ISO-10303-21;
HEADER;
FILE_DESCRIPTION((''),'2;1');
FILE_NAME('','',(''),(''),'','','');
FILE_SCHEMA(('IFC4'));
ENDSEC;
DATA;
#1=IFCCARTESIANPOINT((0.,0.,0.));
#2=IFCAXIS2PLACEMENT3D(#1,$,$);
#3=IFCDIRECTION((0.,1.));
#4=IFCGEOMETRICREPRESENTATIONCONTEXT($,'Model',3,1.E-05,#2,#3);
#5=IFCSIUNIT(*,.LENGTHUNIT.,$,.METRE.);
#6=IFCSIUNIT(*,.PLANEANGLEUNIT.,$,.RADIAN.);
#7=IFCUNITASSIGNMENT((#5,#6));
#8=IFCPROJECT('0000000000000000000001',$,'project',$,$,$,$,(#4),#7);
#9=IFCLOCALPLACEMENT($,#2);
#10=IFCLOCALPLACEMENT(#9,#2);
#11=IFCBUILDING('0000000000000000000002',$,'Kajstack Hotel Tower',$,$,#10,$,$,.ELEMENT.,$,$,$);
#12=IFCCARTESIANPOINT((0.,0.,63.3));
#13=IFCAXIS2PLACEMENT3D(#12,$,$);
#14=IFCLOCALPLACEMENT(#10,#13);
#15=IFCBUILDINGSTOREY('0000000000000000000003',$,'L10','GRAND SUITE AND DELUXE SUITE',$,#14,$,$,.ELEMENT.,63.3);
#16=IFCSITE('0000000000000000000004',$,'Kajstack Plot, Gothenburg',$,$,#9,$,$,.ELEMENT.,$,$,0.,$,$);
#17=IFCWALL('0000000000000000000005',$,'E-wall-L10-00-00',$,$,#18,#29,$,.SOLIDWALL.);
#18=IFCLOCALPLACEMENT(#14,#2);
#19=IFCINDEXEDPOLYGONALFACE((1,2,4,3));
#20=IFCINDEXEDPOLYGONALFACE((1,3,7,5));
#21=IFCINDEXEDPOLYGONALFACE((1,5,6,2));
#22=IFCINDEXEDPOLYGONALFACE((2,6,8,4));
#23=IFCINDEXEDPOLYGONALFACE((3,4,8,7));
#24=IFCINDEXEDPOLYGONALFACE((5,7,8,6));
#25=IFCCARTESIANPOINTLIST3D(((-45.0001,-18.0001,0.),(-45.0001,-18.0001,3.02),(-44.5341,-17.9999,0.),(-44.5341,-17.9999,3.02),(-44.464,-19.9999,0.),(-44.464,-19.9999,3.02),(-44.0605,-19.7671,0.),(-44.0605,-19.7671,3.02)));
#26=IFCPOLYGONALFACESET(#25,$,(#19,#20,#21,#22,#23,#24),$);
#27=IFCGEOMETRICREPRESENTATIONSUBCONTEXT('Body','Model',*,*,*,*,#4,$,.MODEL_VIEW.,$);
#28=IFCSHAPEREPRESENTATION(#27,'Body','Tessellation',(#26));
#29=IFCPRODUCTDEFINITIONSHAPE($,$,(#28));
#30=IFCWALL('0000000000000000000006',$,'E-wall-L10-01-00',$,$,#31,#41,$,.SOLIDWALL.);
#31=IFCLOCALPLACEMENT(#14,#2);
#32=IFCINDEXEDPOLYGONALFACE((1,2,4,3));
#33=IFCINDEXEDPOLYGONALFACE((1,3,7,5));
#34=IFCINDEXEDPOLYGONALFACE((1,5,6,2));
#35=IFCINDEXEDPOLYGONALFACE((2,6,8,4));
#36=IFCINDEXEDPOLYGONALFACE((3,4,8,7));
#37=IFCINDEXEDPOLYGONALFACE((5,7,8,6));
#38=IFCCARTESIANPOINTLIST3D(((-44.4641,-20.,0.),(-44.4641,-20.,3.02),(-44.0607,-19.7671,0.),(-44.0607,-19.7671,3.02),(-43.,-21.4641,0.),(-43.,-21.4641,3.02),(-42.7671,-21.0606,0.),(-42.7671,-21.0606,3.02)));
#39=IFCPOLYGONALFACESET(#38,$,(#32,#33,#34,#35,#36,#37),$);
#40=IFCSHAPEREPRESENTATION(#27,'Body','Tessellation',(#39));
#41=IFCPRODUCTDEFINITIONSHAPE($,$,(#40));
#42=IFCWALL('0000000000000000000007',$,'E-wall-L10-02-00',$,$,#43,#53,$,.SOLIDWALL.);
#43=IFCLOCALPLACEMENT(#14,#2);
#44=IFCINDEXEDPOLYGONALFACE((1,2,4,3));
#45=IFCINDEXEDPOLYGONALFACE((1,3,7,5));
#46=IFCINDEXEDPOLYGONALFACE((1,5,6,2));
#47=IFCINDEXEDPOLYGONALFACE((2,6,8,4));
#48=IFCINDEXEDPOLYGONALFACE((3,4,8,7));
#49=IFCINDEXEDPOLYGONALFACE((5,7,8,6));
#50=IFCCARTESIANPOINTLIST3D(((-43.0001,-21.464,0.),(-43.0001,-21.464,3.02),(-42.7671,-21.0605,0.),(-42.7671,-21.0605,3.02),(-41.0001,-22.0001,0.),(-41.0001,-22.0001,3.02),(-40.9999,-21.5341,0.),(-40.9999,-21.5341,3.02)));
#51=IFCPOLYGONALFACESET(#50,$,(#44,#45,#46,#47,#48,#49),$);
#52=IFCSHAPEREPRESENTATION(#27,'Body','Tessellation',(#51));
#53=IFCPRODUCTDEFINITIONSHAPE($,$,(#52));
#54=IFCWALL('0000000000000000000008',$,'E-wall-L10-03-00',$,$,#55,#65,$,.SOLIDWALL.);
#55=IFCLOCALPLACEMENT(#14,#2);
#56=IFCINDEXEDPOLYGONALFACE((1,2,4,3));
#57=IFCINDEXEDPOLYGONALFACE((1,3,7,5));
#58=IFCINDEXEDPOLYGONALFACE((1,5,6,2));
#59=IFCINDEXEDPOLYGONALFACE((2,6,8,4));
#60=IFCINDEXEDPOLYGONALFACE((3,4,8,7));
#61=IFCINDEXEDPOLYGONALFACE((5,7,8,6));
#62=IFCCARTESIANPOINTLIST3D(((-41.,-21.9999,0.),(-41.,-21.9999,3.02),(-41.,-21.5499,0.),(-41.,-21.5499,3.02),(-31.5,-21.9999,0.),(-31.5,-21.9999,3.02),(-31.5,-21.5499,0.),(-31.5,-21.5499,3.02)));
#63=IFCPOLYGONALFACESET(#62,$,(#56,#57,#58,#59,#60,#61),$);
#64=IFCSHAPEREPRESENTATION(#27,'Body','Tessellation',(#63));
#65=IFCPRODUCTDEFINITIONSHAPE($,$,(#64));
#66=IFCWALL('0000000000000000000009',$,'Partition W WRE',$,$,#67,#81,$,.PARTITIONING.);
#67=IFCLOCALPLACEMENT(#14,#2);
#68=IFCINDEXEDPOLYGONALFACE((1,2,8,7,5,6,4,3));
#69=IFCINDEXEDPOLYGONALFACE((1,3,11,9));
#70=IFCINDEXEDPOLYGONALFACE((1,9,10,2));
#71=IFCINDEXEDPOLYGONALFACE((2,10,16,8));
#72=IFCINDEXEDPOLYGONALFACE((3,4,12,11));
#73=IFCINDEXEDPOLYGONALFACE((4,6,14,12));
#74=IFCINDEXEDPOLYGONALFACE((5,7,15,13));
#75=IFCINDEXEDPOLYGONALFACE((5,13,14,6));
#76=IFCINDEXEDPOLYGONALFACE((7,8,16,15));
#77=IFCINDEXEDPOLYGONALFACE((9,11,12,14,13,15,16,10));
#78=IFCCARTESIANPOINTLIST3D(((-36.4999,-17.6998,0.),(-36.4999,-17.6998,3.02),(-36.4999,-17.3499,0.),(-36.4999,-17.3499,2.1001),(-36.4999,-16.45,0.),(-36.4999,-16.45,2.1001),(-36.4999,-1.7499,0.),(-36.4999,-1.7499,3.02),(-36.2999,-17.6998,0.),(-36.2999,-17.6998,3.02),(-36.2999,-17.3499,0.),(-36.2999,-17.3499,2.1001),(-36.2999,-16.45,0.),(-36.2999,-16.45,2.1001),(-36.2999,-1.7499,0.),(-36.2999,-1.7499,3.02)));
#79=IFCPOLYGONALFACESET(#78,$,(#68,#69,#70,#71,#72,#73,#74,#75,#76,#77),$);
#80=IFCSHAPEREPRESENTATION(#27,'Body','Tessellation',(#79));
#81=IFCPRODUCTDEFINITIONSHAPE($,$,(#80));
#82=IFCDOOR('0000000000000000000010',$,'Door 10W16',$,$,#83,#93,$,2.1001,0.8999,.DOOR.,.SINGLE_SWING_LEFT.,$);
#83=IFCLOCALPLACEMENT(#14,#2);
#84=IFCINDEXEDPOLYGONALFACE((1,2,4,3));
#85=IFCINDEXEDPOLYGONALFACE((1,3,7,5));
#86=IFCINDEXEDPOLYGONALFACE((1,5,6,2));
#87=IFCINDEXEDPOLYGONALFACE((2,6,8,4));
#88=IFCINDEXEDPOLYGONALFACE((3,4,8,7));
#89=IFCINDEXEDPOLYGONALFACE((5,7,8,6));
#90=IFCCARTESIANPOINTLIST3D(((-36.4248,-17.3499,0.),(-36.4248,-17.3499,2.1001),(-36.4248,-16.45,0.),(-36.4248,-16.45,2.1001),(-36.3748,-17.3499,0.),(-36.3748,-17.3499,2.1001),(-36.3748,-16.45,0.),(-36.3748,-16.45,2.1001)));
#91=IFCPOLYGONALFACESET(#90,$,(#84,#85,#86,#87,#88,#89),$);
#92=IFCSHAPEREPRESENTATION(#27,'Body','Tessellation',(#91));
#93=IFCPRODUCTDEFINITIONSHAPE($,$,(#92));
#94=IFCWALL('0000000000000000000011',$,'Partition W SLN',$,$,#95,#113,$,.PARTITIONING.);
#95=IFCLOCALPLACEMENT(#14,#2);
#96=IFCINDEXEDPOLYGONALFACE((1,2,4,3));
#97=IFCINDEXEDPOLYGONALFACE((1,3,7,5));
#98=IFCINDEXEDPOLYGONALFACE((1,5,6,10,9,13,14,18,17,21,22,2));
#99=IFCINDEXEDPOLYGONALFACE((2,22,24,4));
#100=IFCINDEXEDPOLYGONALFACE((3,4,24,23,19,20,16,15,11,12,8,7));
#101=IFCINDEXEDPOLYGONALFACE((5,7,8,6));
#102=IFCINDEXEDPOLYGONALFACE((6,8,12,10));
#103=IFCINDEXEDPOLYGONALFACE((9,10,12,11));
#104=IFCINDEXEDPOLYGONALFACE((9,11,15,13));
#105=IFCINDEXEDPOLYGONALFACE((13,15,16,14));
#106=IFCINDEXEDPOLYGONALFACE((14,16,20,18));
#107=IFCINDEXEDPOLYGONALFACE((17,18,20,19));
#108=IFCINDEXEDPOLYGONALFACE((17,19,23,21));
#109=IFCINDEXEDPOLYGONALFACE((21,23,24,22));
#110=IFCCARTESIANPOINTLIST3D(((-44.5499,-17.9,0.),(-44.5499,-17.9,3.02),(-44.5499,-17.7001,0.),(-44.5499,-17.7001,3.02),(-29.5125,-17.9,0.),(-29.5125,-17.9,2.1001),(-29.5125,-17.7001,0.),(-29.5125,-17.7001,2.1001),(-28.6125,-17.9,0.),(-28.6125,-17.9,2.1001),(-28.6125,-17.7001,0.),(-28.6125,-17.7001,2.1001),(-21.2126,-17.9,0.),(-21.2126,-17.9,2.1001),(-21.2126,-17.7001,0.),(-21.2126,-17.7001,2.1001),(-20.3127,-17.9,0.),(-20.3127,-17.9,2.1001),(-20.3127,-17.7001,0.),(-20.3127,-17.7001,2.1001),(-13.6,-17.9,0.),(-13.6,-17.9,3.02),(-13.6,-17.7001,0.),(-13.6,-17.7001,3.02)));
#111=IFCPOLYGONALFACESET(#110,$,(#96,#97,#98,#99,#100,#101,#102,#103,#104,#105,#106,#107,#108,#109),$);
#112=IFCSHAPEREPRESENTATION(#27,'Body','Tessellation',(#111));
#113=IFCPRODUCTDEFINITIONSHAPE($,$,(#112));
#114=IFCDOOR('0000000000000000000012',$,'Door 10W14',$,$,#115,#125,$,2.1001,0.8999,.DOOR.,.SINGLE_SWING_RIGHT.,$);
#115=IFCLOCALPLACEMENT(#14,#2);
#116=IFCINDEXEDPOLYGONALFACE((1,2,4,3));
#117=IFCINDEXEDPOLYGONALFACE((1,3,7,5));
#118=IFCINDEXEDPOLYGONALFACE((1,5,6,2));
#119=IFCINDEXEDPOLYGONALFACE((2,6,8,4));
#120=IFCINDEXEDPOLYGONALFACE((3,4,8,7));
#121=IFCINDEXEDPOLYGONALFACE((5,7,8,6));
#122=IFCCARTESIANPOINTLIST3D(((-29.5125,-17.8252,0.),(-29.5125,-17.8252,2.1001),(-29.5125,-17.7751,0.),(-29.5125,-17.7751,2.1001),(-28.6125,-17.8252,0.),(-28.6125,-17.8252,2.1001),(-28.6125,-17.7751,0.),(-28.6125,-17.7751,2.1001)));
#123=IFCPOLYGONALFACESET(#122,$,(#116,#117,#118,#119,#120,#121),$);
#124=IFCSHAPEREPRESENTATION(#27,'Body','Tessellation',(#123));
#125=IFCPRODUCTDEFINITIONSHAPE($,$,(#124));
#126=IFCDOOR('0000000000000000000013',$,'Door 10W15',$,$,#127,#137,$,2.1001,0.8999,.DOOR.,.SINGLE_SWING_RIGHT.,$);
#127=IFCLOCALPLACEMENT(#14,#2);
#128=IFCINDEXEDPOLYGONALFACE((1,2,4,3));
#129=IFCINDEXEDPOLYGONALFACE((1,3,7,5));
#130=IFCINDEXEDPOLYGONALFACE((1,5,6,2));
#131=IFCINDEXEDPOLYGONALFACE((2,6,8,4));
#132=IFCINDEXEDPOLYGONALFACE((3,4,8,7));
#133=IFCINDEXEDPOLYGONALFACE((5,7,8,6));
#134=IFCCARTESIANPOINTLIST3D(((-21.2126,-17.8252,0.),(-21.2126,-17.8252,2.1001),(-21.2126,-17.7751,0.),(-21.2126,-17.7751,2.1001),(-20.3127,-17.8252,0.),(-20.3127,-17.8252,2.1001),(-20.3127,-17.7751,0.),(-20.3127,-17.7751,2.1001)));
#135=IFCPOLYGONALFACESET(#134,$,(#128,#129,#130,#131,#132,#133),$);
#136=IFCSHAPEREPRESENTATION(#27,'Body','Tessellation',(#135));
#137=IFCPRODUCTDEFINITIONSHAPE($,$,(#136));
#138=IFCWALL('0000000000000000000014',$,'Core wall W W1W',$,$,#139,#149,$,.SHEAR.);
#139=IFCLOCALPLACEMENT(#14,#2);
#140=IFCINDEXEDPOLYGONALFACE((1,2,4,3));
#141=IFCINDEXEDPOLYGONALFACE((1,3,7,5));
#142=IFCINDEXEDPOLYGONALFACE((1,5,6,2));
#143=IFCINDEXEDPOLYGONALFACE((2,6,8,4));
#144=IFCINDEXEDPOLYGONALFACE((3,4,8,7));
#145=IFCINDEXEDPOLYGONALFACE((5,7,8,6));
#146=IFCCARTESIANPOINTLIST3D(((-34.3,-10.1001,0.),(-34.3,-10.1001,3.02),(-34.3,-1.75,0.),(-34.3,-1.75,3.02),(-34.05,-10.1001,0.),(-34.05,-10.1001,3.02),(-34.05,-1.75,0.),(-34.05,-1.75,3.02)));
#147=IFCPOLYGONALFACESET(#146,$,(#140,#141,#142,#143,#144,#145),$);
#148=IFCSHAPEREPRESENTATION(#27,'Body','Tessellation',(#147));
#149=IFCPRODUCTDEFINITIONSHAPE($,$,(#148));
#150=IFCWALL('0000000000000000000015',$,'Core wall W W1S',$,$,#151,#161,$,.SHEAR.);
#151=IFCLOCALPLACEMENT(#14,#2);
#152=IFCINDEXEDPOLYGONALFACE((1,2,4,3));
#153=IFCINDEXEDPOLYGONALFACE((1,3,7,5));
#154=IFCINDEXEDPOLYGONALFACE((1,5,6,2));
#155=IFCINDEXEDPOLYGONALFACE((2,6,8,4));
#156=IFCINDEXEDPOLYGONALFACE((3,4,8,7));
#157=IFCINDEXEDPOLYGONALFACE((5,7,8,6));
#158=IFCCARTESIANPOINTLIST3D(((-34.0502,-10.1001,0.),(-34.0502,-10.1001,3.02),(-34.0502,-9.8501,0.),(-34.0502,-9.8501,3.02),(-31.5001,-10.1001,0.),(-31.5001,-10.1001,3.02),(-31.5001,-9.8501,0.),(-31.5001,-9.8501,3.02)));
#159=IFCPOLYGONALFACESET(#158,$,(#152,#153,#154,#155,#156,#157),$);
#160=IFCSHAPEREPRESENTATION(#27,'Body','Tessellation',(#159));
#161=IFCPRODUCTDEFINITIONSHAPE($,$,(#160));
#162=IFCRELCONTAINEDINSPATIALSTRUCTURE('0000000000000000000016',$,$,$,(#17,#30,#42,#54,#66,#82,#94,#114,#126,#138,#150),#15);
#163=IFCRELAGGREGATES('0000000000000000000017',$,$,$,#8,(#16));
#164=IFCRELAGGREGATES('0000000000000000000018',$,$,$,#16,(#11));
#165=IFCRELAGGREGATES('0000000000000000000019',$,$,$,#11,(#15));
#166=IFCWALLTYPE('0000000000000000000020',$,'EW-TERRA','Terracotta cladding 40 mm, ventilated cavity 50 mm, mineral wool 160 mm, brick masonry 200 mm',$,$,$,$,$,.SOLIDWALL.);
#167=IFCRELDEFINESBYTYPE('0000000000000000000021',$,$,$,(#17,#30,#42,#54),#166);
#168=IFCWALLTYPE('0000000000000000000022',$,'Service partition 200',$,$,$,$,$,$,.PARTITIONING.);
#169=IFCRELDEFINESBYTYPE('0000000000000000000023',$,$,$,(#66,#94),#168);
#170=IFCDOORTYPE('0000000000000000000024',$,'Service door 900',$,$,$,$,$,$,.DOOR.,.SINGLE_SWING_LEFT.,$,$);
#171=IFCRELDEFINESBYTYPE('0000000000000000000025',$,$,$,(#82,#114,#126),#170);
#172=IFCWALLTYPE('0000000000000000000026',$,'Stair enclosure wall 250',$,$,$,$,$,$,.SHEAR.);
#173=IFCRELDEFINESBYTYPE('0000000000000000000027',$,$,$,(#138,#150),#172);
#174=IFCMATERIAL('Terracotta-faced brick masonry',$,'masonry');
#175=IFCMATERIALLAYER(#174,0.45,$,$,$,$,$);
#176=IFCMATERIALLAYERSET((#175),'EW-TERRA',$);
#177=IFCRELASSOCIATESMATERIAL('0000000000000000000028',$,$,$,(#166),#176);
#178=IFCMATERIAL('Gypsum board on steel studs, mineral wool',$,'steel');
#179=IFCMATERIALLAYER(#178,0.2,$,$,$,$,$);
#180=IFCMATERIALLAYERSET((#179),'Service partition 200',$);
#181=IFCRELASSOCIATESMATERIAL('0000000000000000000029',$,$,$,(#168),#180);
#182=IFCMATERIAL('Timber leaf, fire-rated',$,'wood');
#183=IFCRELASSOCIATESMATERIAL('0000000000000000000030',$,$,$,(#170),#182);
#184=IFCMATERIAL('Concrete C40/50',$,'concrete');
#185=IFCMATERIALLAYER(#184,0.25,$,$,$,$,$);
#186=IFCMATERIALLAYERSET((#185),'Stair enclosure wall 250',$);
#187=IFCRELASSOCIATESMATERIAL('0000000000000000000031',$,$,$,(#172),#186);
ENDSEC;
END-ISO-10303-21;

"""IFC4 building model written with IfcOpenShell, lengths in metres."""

from ifc_helpers import new_model, si_unit, direction, frame, frame_2d, origin, place, context, subcontext, project, spatial, polyline, rectangle, outline, extrude, material, layer, layer_set, type_object, element, fill, save


model = new_model("IFC4")

# Units and contexts
model_context = context("Model", 3, precision=1e-05, world=origin(), true_north=direction((0.0, 1.0)))
body_context = subcontext(model_context, "Body", "Model", "MODEL_VIEW")
ifc_project = project(units=[si_unit("LENGTHUNIT", "METRE"), si_unit("PLANEANGLEUNIT", "RADIAN")], contexts=[model_context])

# Site, building, storey
site_placement = place(None, origin())
site = spatial("IfcSite", under=ifc_project, at=site_placement, Name="Kajstack Plot, Gothenburg", CompositionType="ELEMENT", RefElevation=0.0)
building_placement = place(site_placement, origin())
building = spatial("IfcBuilding", under=site, at=building_placement, Name="Kajstack Hotel Tower", CompositionType="ELEMENT")
storey_placement = place(building_placement, frame((0.0, 0.0, 63.3)))
storey = spatial("IfcBuildingStorey", under=building, at=storey_placement, Name="L10", Description="GRAND SUITE AND DELUXE SUITE", CompositionType="ELEMENT", Elevation=63.3)

# Walls
ifc_material_1 = material(Name="Terracotta-faced brick masonry", Category="masonry")
ifc_layer_1 = layer(ifc_material_1, 0.45)
ifc_layer_set_1 = layer_set([ifc_layer_1], Name="EW-TERRA")
wall_type_1 = type_object("IfcWallType", Name="EW-TERRA", Description="Terracotta cladding 40 mm, ventilated cavity 50 mm, mineral wool 160 mm, brick masonry 200 mm", PredefinedType="SOLIDWALL", material=ifc_layer_set_1)
wall_1_placement = place(storey_placement, frame((-44.7827, -17.9417, 0.0), z_axis=(0.0, 0.0, 1.0), x_axis=(0.258815, -0.965927, 0.0)))
element("IfcWall", 1, at=wall_1_placement, inside=storey, type_object=wall_type_1, Name="E-wall-L10-00-00", PredefinedType="SOLIDWALL", context=body_context, shape_type="SweptSolid", body=[
    extrude(outline(polyline([(0.0002, -0.2251), (2.0706, -0.2249), (1.9502, 0.2251), (0.1206, 0.2251), (0.0002, -0.2251)])), origin(), (0.0, 0.0, 1.0), 3.02),
])
wall_2_placement = place(storey_placement, frame((-44.3049, -19.8408, 0.0), z_axis=(0.0, 0.0, 1.0), x_axis=(0.707107, -0.707107, 0.0)))
element("IfcWall", 2, at=wall_2_placement, inside=storey, type_object=wall_type_1, Name="E-wall-L10-01-00", PredefinedType="SOLIDWALL", context=body_context, shape_type="SweptSolid", body=[
    extrude(outline(polyline([(0.0, -0.2251), (2.0706, -0.2251), (1.95, 0.2249), (0.1206, 0.2249), (0.0, -0.2251)])), origin(), (0.0, 0.0, 1.0), 3.02),
])
wall_3_placement = place(storey_placement, frame((-42.9417, -21.2468, 0.0), z_axis=(0.0, 0.0, 1.0), x_axis=(0.965927, -0.258815, 0.0)))
element("IfcWall", 3, at=wall_3_placement, inside=storey, type_object=wall_type_1, Name="E-wall-L10-02-00", PredefinedType="SOLIDWALL", context=body_context, shape_type="SweptSolid", body=[
    extrude(outline(polyline([(-0.0002, -0.2249), (2.0703, -0.2251), (1.95, 0.2251), (0.1204, 0.2251), (-0.0002, -0.2249)])), origin(), (0.0, 0.0, 1.0), 3.02),
])
wall_4_placement = place(storey_placement, frame((-41.0, -21.7749, 0.0), z_axis=(0.0, 0.0, 1.0), x_axis=(1.0, 0.0, 0.0)))
element("IfcWall", 4, at=wall_4_placement, inside=storey, type_object=wall_type_1, Name="E-wall-L10-03-00", PredefinedType="SOLIDWALL", context=body_context, shape_type="SweptSolid", body=[
    extrude(rectangle(XDim=9.5, YDim=0.45, at=frame_2d((4.75, 0.0))), origin(), (0.0, 0.0, 1.0), 3.02),
])

# Wall, opening, door
ifc_material_2 = material(Name="Gypsum board on steel studs, mineral wool", Category="steel")
ifc_layer_2 = layer(ifc_material_2, 0.2)
ifc_layer_set_2 = layer_set([ifc_layer_2], Name="Service partition 200")
wall_type_2 = type_object("IfcWallType", Name="Service partition 200", PredefinedType="PARTITIONING", material=ifc_layer_set_2)
wall_5_placement = place(storey_placement, frame((-36.3999, -17.7, 0.0), z_axis=(0.0, 0.0, 1.0), x_axis=(0.0, 1.0, 0.0)))
wall_5 = element("IfcWall", 5, at=wall_5_placement, inside=storey, type_object=wall_type_2, Name="Partition W WRE", PredefinedType="PARTITIONING", context=body_context, shape_type="SweptSolid", body=[
    extrude(rectangle(XDim=15.95, YDim=0.2, at=frame_2d((7.9751, 0.0))), origin(), (0.0, 0.0, 1.0), 3.02),
])
opening_1_placement = place(wall_5_placement, frame((0.3501, 0.0, 0.0)))
opening_1 = element("IfcOpeningElement", 6, at=opening_1_placement, cuts=wall_5, PredefinedType="OPENING", context=body_context, shape_type="SweptSolid", body=[
    extrude(rectangle(XDim=0.8999, YDim=2.1001, at=frame_2d((0.45, 1.05))), frame((0.0, 0.1099, 0.0), z_axis=(0.0, -1.0, 0.0), x_axis=(1.0, 0.0, 0.0)), (0.0, 0.0, 1.0), 0.22),
])
ifc_material_3 = material(Name="Timber leaf, fire-rated", Category="wood")
door_type = type_object("IfcDoorType", Name="Service door 900", OperationType="SINGLE_SWING_LEFT", PredefinedType="DOOR", material=ifc_material_3)
door_1_placement = place(opening_1_placement, origin())
door_1 = element("IfcDoor", 7, at=door_1_placement, inside=storey, type_object=door_type, Name="Door 10W16", OperationType="SINGLE_SWING_LEFT", OverallHeight=2.1001, OverallWidth=0.8999, PredefinedType="DOOR", context=body_context, shape_type="SweptSolid", body=[
    extrude(rectangle(XDim=0.8999, YDim=2.1001, at=frame_2d((0.45, 1.05))), frame((0.0, 0.0249, 0.0), z_axis=(0.0, -1.0, 0.0), x_axis=(1.0, 0.0, 0.0)), (0.0, 0.0, 1.0), 0.05),
])
fill(opening_1, door_1)

# Wall, openings, doors
wall_6_placement = place(storey_placement, frame((-44.55, -17.8, 0.0), z_axis=(0.0, 0.0, 1.0), x_axis=(1.0, 0.0, 0.0)))
wall_6 = element("IfcWall", 8, at=wall_6_placement, inside=storey, type_object=wall_type_2, Name="Partition W SLN", PredefinedType="PARTITIONING", context=body_context, shape_type="SweptSolid", body=[
    extrude(rectangle(XDim=30.95, YDim=0.2, at=frame_2d((15.4751, 0.0))), origin(), (0.0, 0.0, 1.0), 3.02),
])
opening_2_placement = place(wall_6_placement, frame((15.0376, 0.0, 0.0)))
opening_2 = element("IfcOpeningElement", 9, at=opening_2_placement, cuts=wall_6, PredefinedType="OPENING", context=body_context, shape_type="SweptSolid", body=[
    extrude(rectangle(XDim=0.8999, YDim=2.1001, at=frame_2d((0.45, 1.05))), frame((0.0, 0.1099, 0.0), z_axis=(0.0, -1.0, 0.0), x_axis=(1.0, 0.0, 0.0)), (0.0, 0.0, 1.0), 0.22),
])
opening_3_placement = place(wall_6_placement, frame((23.3374, 0.0, 0.0)))
opening_3 = element("IfcOpeningElement", 10, at=opening_3_placement, cuts=wall_6, PredefinedType="OPENING", context=body_context, shape_type="SweptSolid", body=[
    extrude(rectangle(XDim=0.8999, YDim=2.1001, at=frame_2d((0.45, 1.05))), frame((0.0, 0.1099, 0.0), z_axis=(0.0, -1.0, 0.0), x_axis=(1.0, 0.0, 0.0)), (0.0, 0.0, 1.0), 0.22),
])
door_2_placement = place(opening_2_placement, origin())
door_2 = element("IfcDoor", 11, at=door_2_placement, inside=storey, type_object=door_type, Name="Door 10W14", OperationType="SINGLE_SWING_RIGHT", OverallHeight=2.1001, OverallWidth=0.8999, PredefinedType="DOOR", context=body_context, shape_type="SweptSolid", body=[
    extrude(rectangle(XDim=0.8999, YDim=2.1001, at=frame_2d((0.45, 1.05))), frame((0.0, 0.0249, 0.0), z_axis=(0.0, -1.0, 0.0), x_axis=(1.0, 0.0, 0.0)), (0.0, 0.0, 1.0), 0.05),
])
fill(opening_2, door_2)
door_3_placement = place(opening_3_placement, origin())
door_3 = element("IfcDoor", 12, at=door_3_placement, inside=storey, type_object=door_type, Name="Door 10W15", OperationType="SINGLE_SWING_RIGHT", OverallHeight=2.1001, OverallWidth=0.8999, PredefinedType="DOOR", context=body_context, shape_type="SweptSolid", body=[
    extrude(rectangle(XDim=0.8999, YDim=2.1001, at=frame_2d((0.45, 1.05))), frame((0.0, 0.0249, 0.0), z_axis=(0.0, -1.0, 0.0), x_axis=(1.0, 0.0, 0.0)), (0.0, 0.0, 1.0), 0.05),
])
fill(opening_3, door_3)

# Walls
ifc_material_4 = material(Name="Concrete C40/50", Category="concrete")
ifc_layer_3 = layer(ifc_material_4, 0.25)
ifc_layer_set_3 = layer_set([ifc_layer_3], Name="Stair enclosure wall 250")
wall_type_3 = type_object("IfcWallType", Name="Stair enclosure wall 250", PredefinedType="SHEAR", material=ifc_layer_set_3)
wall_7_placement = place(storey_placement, frame((-34.175, -10.1001, 0.0), z_axis=(0.0, 0.0, 1.0), x_axis=(0.0, 1.0, 0.0)))
element("IfcWall", 13, at=wall_7_placement, inside=storey, type_object=wall_type_3, Name="Core wall W W1W", PredefinedType="SHEAR", context=body_context, shape_type="SweptSolid", body=[
    extrude(rectangle(XDim=8.3501, YDim=0.25, at=frame_2d((4.175, 0.0))), origin(), (0.0, 0.0, 1.0), 3.02),
])
wall_8_placement = place(storey_placement, frame((-34.05, -9.9751, 0.0), z_axis=(0.0, 0.0, 1.0), x_axis=(1.0, 0.0, 0.0)))
element("IfcWall", 14, at=wall_8_placement, inside=storey, type_object=wall_type_3, Name="Core wall W W1S", PredefinedType="SHEAR", context=body_context, shape_type="SweptSolid", body=[
    extrude(rectangle(XDim=2.55, YDim=0.25, at=frame_2d((1.2749, 0.0))), origin(), (0.0, 0.0, 1.0), 3.02),
])

save(model, "model.ifc")
